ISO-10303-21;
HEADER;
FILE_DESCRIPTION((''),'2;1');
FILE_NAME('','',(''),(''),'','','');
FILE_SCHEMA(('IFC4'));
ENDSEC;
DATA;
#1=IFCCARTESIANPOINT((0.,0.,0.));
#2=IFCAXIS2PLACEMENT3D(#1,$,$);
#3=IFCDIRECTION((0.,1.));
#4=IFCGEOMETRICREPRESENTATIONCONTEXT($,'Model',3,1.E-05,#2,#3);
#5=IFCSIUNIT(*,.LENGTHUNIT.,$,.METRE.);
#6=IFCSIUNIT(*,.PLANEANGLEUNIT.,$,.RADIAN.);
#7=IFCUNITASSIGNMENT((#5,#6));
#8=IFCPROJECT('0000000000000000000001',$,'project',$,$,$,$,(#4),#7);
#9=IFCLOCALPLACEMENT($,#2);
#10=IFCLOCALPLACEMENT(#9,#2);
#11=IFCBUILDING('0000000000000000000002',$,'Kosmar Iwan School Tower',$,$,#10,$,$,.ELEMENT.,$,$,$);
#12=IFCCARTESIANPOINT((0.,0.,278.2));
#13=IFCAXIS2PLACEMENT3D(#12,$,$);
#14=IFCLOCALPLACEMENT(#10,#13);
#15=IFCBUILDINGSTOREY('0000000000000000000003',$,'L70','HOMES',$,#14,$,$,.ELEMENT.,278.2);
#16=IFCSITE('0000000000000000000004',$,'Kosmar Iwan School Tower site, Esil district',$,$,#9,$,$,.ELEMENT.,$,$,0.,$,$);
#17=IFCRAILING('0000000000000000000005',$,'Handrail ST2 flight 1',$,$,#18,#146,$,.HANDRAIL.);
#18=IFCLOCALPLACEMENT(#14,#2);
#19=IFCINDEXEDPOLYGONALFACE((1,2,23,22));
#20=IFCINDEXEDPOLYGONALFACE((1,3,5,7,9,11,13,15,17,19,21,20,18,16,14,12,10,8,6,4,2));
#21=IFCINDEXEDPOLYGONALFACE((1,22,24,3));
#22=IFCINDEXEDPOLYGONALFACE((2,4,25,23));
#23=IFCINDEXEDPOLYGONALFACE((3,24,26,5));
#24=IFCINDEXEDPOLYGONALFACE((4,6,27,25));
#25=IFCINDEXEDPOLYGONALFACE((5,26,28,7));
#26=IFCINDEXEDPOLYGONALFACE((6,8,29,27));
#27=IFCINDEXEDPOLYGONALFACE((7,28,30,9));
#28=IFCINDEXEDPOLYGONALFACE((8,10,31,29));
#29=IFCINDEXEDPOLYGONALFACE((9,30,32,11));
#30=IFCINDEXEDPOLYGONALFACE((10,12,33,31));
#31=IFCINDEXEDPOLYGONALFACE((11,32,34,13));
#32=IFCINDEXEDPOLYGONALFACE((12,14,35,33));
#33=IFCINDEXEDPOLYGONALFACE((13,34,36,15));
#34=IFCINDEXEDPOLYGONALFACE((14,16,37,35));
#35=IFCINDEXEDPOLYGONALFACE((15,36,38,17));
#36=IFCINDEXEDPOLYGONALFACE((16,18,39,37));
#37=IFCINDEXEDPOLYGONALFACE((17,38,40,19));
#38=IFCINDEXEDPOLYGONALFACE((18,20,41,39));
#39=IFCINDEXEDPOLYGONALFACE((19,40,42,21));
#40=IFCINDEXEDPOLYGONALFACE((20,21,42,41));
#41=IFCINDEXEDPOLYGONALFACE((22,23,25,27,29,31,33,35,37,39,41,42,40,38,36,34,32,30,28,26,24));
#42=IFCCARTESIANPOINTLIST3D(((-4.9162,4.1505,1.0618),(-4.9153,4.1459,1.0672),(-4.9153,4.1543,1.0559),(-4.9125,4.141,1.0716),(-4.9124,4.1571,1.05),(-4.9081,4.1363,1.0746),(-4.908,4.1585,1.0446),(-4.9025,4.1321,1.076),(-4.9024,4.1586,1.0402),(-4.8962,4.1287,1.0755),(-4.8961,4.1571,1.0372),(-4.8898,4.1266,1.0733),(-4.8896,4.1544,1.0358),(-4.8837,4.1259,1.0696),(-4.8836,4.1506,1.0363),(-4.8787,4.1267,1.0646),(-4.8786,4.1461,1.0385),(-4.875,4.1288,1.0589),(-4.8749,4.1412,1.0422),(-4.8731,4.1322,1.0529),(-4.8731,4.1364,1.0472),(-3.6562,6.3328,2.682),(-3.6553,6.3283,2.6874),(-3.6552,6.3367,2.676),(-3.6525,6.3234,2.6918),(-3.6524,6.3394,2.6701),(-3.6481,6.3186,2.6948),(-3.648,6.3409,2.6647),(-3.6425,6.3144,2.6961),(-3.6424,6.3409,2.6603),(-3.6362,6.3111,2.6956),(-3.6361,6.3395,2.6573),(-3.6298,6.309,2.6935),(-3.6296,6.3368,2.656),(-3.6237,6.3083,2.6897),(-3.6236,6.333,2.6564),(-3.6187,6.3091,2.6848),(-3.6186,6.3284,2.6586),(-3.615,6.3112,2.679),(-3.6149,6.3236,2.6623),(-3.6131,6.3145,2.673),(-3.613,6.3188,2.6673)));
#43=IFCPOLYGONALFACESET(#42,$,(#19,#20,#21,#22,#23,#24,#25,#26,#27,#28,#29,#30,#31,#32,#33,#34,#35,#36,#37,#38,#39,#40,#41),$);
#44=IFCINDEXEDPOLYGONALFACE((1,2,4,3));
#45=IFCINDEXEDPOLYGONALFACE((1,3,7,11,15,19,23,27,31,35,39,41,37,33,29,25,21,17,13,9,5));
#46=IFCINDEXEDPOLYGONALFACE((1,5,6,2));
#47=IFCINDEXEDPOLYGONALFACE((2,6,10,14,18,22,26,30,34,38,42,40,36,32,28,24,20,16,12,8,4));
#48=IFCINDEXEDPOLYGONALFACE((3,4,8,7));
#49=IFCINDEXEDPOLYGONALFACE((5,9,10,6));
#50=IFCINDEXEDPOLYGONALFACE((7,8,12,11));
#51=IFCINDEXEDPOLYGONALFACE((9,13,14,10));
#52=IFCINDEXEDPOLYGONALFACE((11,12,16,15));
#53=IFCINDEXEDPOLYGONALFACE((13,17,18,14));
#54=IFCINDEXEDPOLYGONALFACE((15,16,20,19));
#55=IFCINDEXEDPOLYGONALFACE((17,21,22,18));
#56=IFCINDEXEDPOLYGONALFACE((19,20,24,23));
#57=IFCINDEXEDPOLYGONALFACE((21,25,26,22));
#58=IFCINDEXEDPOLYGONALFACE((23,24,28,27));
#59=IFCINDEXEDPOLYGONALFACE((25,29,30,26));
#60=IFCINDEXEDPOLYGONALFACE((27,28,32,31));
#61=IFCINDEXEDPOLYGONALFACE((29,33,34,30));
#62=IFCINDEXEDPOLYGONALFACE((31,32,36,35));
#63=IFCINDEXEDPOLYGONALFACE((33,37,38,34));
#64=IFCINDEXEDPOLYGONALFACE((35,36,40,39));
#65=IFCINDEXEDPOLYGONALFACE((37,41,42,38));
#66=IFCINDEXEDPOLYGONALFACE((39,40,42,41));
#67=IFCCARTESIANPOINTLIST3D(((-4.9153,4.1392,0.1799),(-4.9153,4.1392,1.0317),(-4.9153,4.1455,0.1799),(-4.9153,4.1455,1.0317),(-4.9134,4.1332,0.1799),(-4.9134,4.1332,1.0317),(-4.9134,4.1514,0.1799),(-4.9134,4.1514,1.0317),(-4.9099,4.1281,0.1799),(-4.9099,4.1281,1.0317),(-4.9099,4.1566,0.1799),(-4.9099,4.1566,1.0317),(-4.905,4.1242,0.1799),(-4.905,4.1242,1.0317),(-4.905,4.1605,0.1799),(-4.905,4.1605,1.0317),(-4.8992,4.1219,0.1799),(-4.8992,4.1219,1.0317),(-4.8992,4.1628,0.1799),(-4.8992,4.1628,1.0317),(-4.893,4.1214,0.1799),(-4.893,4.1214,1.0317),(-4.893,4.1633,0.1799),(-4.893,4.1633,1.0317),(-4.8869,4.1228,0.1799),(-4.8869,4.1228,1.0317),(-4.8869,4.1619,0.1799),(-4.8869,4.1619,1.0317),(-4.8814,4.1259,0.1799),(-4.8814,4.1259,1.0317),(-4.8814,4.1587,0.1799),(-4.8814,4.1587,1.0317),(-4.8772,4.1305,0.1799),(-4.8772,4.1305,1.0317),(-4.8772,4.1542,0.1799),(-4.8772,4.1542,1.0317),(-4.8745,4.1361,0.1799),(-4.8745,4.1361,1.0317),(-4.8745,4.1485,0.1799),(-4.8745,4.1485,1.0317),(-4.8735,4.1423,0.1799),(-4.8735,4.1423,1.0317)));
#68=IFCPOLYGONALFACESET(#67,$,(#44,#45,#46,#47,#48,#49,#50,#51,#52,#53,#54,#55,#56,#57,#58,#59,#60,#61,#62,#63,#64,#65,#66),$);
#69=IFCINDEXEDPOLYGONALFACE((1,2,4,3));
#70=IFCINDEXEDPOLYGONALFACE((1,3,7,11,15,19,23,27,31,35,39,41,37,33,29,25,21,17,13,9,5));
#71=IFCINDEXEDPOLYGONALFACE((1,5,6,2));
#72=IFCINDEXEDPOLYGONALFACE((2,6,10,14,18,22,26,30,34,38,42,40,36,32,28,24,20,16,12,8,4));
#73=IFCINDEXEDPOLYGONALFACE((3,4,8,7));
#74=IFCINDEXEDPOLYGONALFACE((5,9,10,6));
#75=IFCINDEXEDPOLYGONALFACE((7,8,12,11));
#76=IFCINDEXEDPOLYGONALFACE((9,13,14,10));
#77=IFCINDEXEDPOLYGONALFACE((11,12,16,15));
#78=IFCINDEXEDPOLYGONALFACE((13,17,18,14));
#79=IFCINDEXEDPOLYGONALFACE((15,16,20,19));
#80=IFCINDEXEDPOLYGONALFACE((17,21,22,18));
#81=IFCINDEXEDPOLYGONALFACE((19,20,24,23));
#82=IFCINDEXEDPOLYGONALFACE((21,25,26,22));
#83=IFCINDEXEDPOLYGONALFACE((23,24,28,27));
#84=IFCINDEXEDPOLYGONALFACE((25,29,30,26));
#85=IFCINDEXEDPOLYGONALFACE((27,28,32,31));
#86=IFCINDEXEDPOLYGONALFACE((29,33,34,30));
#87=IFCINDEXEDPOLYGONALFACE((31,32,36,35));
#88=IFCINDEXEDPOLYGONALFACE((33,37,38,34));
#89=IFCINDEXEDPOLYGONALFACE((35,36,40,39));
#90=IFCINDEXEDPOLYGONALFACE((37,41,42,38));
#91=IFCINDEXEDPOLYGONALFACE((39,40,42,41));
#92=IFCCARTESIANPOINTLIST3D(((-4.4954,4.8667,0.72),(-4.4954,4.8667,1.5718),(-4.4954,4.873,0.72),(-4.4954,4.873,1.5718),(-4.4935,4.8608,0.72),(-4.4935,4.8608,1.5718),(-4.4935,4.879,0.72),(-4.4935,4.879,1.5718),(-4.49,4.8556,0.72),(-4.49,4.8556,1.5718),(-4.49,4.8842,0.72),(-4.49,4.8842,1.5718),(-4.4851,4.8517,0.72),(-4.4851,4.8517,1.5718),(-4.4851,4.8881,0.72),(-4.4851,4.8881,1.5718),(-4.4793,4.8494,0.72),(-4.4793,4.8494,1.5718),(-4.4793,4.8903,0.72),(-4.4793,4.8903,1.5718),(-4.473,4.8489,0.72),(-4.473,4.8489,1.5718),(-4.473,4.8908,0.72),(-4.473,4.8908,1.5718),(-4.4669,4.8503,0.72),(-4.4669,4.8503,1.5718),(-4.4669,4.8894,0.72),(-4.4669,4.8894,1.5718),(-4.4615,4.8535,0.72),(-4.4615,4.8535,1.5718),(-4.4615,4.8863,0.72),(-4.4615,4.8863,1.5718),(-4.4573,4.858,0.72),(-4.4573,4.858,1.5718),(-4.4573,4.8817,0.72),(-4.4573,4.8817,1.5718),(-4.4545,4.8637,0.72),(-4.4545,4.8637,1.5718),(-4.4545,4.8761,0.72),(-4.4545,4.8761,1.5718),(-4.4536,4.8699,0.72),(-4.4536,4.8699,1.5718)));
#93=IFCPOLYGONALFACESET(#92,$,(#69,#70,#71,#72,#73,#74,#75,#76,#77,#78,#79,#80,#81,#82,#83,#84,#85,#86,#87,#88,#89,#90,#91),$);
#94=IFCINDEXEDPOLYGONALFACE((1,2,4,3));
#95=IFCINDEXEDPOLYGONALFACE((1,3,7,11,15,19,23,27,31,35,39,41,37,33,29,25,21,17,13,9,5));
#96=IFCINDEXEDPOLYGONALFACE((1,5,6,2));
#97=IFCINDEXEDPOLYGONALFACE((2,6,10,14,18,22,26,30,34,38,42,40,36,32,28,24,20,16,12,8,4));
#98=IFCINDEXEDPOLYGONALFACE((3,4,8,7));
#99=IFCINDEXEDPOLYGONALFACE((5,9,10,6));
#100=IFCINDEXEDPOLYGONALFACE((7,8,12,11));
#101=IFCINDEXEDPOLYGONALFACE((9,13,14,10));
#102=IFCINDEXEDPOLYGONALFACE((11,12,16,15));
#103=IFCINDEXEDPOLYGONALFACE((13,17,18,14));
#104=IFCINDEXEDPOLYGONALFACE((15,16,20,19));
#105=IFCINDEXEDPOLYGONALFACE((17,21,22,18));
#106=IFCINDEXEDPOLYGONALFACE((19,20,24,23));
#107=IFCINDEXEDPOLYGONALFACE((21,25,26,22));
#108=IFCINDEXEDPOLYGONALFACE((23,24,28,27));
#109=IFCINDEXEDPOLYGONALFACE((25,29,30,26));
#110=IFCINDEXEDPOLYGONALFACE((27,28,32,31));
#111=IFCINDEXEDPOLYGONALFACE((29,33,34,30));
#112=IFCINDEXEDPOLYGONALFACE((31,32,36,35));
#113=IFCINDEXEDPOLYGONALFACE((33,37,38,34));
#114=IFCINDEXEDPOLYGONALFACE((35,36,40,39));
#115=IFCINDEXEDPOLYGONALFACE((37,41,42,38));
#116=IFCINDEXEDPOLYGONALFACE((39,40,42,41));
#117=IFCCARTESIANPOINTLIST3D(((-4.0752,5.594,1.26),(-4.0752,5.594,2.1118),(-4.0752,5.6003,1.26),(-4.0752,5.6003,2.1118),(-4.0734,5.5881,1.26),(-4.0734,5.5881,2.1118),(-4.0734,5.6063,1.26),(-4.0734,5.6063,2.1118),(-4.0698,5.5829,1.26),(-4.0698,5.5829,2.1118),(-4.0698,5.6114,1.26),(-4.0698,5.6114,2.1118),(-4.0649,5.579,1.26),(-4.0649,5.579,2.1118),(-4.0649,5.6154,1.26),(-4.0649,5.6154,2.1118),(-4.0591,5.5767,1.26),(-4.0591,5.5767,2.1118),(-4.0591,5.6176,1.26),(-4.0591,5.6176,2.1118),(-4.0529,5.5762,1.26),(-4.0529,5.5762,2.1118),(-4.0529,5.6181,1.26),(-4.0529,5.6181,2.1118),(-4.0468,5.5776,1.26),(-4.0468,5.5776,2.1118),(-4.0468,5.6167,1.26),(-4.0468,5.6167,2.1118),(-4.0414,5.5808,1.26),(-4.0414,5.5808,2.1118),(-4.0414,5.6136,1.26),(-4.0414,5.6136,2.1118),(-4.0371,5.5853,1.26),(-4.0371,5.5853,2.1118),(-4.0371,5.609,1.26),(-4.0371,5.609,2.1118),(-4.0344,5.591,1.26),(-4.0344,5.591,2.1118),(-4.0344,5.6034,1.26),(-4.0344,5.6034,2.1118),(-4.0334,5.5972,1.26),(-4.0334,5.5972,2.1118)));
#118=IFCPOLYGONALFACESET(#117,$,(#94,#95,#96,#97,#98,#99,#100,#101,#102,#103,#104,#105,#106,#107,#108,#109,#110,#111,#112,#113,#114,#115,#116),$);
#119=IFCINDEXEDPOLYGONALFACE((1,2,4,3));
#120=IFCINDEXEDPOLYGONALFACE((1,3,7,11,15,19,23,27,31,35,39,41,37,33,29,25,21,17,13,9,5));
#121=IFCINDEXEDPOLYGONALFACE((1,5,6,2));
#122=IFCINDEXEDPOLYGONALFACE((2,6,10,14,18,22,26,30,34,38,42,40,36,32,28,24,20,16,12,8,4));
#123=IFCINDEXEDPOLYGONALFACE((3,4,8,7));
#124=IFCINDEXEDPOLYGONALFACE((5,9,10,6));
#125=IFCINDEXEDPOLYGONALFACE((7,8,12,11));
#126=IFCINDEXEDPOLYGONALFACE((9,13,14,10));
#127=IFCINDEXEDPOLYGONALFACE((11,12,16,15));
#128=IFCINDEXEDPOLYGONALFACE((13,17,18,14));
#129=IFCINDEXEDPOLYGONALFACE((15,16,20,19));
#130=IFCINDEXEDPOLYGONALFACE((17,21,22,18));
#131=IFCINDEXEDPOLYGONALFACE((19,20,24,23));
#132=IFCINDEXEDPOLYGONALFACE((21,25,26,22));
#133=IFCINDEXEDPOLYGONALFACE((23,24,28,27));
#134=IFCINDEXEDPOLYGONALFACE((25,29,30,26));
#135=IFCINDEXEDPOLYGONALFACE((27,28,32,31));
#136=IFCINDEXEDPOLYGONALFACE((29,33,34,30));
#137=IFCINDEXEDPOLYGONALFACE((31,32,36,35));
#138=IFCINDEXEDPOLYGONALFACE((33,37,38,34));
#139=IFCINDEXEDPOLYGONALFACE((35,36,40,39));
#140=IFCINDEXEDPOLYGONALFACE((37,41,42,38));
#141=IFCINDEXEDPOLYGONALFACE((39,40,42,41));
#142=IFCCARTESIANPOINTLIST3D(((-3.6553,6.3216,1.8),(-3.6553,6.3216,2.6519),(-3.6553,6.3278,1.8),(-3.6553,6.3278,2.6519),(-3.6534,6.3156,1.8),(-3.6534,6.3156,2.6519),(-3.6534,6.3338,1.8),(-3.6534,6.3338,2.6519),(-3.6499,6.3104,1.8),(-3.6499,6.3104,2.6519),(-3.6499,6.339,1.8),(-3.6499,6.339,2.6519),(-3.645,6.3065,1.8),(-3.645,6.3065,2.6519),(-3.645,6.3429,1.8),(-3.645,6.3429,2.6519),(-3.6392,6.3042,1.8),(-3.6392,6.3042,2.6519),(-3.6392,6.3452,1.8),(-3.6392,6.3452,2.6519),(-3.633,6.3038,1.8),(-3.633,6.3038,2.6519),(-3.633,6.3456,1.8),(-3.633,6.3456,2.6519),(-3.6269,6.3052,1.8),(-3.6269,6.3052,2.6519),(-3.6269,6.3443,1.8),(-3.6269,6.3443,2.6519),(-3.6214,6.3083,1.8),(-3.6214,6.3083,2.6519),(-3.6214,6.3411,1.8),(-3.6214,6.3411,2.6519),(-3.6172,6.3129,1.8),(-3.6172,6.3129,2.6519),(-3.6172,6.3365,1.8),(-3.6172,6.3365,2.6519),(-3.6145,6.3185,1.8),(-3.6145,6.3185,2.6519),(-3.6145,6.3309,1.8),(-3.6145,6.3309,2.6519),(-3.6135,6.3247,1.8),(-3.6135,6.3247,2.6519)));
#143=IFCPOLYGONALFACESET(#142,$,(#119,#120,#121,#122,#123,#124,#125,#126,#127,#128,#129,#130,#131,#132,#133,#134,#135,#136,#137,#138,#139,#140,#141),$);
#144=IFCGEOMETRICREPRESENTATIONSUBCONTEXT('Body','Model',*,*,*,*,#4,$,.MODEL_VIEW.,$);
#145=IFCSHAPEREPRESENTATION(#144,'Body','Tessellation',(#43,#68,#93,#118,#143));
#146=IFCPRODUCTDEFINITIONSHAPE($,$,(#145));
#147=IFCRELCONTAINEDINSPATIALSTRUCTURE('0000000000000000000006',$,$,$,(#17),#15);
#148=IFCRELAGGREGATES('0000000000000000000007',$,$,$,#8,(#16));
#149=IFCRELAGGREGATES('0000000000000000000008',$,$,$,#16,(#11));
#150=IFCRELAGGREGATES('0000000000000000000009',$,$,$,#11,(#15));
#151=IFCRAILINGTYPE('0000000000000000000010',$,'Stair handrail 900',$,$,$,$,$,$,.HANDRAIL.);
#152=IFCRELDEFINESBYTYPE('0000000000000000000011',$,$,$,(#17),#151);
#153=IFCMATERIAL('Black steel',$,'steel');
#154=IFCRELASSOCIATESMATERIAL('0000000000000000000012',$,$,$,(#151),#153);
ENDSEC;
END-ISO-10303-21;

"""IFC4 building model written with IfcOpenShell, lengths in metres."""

from ifc_helpers import new_model, si_unit, direction, frame, origin, origin_2d, place, context, subcontext, project, spatial, circle, extrude, material, type_object, element, save


model = new_model("IFC4")

# Units and contexts
model_context = context("Model", 3, precision=1e-05, world=origin(), true_north=direction((0.0, 1.0)))
body_context = subcontext(model_context, "Body", "Model", "MODEL_VIEW")
ifc_project = project(units=[si_unit("LENGTHUNIT", "METRE"), si_unit("PLANEANGLEUNIT", "RADIAN")], contexts=[model_context])

# Site, building, storey
site_placement = place(None, origin())
site = spatial("IfcSite", under=ifc_project, at=site_placement, Name="Kosmar Iwan School Tower site, Esil district", CompositionType="ELEMENT", RefElevation=0.0)
building_placement = place(site_placement, origin())
building = spatial("IfcBuilding", under=site, at=building_placement, Name="Kosmar Iwan School Tower", CompositionType="ELEMENT")
storey_placement = place(building_placement, frame((0.0, 0.0, 278.2)))
storey = spatial("IfcBuildingStorey", under=building, at=storey_placement, Name="L70", Description="HOMES", CompositionType="ELEMENT", Elevation=278.2)

# Railing
ifc_material_1 = material(Name="Black steel", Category="steel")
railing_type = type_object("IfcRailingType", Name="Stair handrail 900", PredefinedType="HANDRAIL", material=ifc_material_1)
railing_1_placement = place(storey_placement, frame((-4.8945, 4.1423, 0.1799)))
element("IfcRailing", 1, at=railing_1_placement, inside=storey, type_object=railing_type, Name="Handrail ST2 flight 1", PredefinedType="HANDRAIL", context=body_context, shape_type="SweptSolid", body=[
    extrude(circle(Radius=0.0239, at=origin_2d()), frame((0.0, 0.0, 0.876), z_axis=(0.420584, 0.728464, 0.540786), x_axis=(-0.866023, 0.500005, 0.0)), (0.0, 0.0, 1.0), 2.9958),
    extrude(circle(Radius=0.021, at=origin_2d()), origin(), (0.0, 0.0, 1.0), 0.8518),
    extrude(circle(Radius=0.021, at=origin_2d()), frame((0.4199, 0.7275, 0.54)), (0.0, 0.0, 1.0), 0.8518),
    extrude(circle(Radius=0.021, at=origin_2d()), frame((0.8401, 1.4548, 1.0801)), (0.0, 0.0, 1.0), 0.8518),
    extrude(circle(Radius=0.021, at=origin_2d()), frame((1.26, 2.1824, 1.6201)), (0.0, 0.0, 1.0), 0.8518),
])

save(model, "model.ifc")
